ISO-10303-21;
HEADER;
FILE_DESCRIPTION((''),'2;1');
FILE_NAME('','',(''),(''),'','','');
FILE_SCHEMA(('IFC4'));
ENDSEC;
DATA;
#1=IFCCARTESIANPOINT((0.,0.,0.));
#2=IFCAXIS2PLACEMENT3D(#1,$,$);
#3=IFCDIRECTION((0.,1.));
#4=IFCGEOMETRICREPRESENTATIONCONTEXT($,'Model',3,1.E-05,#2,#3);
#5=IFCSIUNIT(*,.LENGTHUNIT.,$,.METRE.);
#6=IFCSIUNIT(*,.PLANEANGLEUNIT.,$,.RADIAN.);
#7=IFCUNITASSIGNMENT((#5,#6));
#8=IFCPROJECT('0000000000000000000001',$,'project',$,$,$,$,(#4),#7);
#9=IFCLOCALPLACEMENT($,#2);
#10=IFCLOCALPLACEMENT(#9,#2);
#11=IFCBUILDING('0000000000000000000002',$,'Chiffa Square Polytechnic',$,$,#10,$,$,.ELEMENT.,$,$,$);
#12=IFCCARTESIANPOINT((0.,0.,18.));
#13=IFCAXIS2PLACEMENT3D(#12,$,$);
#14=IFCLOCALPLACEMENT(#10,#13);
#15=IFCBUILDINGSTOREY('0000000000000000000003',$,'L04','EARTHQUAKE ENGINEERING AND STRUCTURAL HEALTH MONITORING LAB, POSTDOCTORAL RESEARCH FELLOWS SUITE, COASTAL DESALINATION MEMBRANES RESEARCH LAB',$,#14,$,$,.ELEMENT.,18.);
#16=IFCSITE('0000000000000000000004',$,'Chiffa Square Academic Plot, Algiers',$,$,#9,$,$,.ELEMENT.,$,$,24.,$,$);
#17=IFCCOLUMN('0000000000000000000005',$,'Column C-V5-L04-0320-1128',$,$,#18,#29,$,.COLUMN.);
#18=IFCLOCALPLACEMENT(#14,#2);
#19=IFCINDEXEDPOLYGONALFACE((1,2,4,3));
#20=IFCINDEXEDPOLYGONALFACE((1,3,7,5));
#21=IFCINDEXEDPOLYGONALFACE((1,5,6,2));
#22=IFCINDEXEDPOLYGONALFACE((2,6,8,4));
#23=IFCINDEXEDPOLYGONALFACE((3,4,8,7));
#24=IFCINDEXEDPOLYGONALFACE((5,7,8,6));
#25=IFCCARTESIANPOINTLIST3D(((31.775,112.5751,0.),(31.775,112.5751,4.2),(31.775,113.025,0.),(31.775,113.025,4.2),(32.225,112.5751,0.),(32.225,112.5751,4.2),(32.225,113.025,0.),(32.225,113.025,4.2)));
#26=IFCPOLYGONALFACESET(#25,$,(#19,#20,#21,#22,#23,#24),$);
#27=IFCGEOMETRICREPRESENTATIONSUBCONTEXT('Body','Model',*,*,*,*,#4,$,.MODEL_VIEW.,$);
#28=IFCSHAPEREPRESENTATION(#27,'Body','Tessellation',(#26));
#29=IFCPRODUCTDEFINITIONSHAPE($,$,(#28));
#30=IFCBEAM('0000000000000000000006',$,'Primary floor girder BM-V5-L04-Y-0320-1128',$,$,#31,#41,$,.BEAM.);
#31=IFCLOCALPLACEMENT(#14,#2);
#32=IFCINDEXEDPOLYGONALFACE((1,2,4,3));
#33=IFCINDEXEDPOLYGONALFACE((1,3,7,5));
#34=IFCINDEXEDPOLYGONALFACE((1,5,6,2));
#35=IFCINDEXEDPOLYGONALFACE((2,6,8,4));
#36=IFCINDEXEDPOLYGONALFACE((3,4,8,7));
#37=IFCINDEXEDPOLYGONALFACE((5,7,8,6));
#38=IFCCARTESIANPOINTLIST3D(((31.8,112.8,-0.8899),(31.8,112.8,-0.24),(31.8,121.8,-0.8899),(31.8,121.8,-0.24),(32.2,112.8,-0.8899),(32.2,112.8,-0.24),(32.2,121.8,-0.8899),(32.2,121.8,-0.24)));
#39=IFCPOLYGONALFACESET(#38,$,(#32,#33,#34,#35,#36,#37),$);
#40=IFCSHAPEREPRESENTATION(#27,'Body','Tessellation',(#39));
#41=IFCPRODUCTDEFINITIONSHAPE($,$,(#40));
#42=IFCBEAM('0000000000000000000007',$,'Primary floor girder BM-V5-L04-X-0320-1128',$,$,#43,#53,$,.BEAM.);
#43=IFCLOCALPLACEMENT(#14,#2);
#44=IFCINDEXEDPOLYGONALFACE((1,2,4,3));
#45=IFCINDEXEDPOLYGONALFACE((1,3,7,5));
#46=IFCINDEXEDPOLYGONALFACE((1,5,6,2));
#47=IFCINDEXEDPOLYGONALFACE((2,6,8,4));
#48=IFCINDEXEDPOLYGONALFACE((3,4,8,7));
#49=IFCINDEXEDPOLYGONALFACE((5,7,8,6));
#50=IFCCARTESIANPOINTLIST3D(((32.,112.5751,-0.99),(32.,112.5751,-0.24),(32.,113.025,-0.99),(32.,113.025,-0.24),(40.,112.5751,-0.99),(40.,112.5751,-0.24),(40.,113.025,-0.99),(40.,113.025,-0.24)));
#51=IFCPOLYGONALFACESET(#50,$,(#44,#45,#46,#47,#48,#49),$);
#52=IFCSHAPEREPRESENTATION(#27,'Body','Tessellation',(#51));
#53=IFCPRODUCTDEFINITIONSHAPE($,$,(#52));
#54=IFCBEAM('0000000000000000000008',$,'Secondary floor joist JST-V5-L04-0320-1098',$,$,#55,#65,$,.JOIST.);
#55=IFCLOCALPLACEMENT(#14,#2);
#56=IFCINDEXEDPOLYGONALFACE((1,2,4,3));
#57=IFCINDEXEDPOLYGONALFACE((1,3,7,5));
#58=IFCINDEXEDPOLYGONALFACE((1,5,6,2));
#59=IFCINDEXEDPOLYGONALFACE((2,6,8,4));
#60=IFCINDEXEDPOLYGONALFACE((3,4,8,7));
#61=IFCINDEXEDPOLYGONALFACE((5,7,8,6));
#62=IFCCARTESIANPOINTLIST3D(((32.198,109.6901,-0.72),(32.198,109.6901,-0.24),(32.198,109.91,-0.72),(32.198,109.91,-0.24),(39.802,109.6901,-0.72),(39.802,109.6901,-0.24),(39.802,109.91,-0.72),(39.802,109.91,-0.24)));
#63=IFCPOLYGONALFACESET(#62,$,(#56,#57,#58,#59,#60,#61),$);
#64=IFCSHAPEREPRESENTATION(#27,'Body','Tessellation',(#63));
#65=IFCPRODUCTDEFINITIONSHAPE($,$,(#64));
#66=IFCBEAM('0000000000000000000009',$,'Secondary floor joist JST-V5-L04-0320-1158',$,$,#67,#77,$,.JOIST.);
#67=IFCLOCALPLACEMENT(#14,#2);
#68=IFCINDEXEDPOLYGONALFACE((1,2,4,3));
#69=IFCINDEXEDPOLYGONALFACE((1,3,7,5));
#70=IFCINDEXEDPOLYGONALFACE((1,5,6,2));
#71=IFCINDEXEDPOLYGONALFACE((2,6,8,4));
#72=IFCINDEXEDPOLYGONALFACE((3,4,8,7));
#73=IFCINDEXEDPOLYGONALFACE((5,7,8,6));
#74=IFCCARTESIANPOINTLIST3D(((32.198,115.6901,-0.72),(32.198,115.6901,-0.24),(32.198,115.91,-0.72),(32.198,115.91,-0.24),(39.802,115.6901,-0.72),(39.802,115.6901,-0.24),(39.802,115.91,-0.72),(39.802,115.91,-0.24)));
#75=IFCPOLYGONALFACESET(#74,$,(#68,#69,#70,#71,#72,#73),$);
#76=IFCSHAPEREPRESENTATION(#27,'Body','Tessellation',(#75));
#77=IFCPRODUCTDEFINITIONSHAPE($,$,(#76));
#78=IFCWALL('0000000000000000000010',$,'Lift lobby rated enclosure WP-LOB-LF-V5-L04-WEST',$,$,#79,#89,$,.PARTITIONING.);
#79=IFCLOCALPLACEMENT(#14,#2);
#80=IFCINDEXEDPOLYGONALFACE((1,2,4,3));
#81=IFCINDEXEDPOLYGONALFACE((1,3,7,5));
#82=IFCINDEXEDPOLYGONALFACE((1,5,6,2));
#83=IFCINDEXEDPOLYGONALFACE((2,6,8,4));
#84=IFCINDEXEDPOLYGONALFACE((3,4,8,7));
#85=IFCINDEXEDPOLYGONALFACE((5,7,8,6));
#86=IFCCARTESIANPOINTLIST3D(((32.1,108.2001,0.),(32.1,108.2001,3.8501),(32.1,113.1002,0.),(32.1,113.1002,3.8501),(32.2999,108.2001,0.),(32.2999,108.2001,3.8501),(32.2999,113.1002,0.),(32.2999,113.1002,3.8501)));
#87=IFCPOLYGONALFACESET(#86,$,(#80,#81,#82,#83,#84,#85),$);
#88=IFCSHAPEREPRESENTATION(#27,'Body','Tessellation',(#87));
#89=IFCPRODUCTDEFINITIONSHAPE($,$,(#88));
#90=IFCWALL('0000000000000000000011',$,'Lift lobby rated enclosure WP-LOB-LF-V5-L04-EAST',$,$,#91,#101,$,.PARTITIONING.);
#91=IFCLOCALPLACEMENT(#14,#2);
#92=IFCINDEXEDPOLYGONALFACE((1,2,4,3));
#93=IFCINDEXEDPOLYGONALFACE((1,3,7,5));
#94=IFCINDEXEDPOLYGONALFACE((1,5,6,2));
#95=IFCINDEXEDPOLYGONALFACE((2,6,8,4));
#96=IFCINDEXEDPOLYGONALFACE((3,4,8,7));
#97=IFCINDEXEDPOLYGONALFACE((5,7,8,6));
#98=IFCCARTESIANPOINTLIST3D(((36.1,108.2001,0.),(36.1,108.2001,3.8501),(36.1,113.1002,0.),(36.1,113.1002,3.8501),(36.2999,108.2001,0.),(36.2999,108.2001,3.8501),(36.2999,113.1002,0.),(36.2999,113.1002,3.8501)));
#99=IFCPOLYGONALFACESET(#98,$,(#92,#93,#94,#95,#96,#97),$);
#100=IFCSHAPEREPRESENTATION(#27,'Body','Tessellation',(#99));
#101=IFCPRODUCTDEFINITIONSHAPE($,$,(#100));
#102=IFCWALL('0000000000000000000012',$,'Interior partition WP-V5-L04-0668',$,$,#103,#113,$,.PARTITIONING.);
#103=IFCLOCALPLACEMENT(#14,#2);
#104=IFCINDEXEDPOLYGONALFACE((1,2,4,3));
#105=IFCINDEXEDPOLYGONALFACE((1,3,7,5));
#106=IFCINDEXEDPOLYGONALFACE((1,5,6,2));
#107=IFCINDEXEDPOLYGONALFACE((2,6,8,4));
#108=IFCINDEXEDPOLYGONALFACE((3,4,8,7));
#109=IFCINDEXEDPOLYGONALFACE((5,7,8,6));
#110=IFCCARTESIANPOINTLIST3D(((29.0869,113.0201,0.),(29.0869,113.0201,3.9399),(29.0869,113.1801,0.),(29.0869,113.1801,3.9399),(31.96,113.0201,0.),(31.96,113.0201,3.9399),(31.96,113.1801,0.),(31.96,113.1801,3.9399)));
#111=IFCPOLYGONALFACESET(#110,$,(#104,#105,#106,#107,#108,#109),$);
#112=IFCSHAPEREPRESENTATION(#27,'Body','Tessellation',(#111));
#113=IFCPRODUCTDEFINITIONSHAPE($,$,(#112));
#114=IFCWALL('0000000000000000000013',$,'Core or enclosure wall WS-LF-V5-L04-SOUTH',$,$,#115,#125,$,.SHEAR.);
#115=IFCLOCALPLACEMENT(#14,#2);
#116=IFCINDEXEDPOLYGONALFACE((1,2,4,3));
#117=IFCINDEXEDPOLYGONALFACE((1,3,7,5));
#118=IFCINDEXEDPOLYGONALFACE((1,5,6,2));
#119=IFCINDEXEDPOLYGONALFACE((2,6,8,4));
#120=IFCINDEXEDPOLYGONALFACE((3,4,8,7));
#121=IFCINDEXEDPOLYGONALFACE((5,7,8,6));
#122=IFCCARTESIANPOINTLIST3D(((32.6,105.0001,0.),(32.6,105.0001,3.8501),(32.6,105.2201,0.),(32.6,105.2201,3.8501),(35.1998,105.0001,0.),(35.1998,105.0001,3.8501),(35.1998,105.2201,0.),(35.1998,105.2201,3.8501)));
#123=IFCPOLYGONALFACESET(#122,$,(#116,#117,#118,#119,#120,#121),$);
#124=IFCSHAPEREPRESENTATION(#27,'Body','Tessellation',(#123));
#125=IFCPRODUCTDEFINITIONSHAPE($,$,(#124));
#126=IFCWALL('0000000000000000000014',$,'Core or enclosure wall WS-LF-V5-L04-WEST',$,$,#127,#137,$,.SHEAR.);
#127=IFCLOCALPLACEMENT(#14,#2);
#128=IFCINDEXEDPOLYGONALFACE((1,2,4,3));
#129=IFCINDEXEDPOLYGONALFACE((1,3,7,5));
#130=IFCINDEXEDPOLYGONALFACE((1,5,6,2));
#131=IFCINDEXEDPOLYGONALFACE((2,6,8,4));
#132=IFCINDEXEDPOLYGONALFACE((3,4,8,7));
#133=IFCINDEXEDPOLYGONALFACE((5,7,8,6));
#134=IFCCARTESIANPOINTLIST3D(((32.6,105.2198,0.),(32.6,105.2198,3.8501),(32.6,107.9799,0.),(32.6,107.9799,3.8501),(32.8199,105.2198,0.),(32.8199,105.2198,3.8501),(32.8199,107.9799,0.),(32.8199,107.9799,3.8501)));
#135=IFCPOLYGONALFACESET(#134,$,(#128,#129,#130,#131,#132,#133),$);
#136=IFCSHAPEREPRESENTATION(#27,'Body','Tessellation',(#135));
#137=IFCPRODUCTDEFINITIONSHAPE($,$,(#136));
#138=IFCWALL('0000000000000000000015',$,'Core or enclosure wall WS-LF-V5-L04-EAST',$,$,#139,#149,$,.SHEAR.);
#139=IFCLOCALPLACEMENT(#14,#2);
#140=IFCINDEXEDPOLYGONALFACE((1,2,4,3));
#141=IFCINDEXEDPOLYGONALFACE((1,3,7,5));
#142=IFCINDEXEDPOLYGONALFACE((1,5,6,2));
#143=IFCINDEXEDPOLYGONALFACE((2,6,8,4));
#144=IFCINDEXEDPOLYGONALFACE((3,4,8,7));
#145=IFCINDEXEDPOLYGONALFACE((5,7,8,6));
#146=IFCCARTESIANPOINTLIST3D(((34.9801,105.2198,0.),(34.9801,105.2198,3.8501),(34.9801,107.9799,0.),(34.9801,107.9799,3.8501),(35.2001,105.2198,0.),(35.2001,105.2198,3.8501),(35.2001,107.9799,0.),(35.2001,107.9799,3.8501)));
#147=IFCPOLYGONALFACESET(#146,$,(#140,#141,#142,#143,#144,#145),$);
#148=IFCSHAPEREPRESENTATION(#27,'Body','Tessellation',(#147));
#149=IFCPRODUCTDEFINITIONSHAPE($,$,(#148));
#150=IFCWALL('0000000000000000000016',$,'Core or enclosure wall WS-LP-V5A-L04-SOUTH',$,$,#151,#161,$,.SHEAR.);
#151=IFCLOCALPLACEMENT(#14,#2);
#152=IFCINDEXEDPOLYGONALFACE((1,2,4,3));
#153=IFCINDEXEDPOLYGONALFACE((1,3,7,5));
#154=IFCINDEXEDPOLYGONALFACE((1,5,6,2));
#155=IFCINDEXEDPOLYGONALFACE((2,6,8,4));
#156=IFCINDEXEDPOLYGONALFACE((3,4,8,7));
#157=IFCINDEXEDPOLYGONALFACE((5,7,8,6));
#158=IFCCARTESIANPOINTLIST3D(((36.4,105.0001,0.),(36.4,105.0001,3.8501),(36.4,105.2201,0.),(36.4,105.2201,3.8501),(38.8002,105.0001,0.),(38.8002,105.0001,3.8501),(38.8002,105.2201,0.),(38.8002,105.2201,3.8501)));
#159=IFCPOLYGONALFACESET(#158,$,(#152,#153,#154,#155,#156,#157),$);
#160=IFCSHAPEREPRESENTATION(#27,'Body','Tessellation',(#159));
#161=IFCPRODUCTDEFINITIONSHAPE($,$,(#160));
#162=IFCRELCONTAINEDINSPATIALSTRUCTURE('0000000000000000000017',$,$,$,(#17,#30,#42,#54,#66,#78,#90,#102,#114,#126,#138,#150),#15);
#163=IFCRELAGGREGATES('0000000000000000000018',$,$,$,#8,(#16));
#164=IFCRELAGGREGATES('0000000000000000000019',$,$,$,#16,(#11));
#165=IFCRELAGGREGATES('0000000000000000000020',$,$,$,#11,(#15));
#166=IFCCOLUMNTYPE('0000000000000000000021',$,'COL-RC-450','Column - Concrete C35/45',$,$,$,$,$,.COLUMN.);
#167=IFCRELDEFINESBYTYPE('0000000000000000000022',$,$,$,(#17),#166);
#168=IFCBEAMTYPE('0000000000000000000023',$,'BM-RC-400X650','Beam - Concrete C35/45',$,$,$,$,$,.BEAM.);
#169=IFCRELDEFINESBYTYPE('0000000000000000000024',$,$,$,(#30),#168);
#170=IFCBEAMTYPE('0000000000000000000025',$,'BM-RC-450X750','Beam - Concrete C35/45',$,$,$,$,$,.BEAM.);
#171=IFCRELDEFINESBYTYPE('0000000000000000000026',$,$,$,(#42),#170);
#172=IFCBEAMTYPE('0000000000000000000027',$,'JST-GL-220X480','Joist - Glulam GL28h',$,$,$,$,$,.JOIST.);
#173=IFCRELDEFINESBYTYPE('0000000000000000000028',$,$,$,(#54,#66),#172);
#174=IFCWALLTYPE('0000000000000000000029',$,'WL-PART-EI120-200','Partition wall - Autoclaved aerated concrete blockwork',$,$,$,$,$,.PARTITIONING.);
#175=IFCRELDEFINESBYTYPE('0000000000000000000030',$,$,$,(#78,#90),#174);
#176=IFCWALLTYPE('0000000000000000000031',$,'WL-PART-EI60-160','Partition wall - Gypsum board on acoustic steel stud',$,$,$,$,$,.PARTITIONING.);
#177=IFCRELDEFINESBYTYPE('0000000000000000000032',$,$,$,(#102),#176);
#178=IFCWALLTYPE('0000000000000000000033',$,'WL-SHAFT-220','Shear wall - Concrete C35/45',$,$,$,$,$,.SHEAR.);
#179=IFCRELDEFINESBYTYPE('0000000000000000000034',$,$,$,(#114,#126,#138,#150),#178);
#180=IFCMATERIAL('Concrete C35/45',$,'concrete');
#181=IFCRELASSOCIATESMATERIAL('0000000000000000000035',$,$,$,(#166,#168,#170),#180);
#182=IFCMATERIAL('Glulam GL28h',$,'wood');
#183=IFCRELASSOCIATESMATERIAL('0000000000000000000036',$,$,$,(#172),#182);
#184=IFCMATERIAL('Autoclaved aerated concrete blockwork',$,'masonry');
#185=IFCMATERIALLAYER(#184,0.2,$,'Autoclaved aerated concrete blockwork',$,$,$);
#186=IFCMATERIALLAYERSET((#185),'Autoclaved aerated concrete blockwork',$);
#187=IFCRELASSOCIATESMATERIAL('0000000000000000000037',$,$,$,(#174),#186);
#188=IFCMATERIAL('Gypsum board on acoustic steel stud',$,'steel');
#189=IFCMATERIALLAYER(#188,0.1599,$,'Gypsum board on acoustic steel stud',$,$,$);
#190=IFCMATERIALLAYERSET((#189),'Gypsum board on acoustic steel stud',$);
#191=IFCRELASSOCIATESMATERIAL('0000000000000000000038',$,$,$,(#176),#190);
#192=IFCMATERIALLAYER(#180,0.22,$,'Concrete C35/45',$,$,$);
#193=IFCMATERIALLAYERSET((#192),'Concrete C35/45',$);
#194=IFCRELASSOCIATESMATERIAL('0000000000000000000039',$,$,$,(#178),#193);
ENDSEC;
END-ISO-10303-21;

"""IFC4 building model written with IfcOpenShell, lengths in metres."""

from ifc_helpers import new_model, si_unit, direction, frame, frame_2d, origin, origin_2d, place, context, subcontext, project, spatial, rectangle, extrude, material, layer, layer_set, material_profile, profile_set, type_object, element, save


model = new_model("IFC4")

# Units and contexts
model_context = context("Model", 3, precision=1e-05, world=origin(), true_north=direction((0.0, 1.0)))
body_context = subcontext(model_context, "Body", "Model", "MODEL_VIEW")
ifc_project = project(units=[si_unit("LENGTHUNIT", "METRE"), si_unit("PLANEANGLEUNIT", "RADIAN")], contexts=[model_context])

# Site, building, storey
site_placement = place(None, origin())
site = spatial("IfcSite", under=ifc_project, at=site_placement, Name="Chiffa Square Academic Plot, Algiers", CompositionType="ELEMENT", RefElevation=24.0)
building_placement = place(site_placement, origin())
building = spatial("IfcBuilding", under=site, at=building_placement, Name="Chiffa Square Polytechnic", CompositionType="ELEMENT")
storey_placement = place(building_placement, frame((0.0, 0.0, 18.0)))
storey = spatial("IfcBuildingStorey", under=building, at=storey_placement, Name="L04", Description="EARTHQUAKE ENGINEERING AND STRUCTURAL HEALTH MONITORING LAB, POSTDOCTORAL RESEARCH FELLOWS SUITE, COASTAL DESALINATION MEMBRANES RESEARCH LAB", CompositionType="ELEMENT", Elevation=18.0)

# Column
ifc_material_1 = material(Name="Concrete C35/45", Category="concrete")
ifc_material_profile_1 = material_profile(ifc_material_1, rectangle(XDim=0.45, YDim=0.45, at=origin_2d()), Name="RC 450x450")
ifc_profile_set_1 = profile_set([ifc_material_profile_1], Name="Concrete C35/45")
column_type = type_object("IfcColumnType", Name="COL-RC-450", Description="Column - Concrete C35/45", PredefinedType="COLUMN", material=ifc_profile_set_1)
column_placement = place(storey_placement, frame((32.0, 112.8, 0.0), z_axis=(0.0, 0.0, 1.0), x_axis=(1.0, 0.0, 0.0)))
element("IfcColumn", 1, at=column_placement, inside=storey, type_object=column_type, Name="Column C-V5-L04-0320-1128", PredefinedType="COLUMN", context=body_context, shape_type="SweptSolid", body=[
    extrude(rectangle(XDim=0.45, YDim=0.45, at=origin_2d()), origin(), (0.0, 0.0, 1.0), 4.2),
])

# Beams
ifc_material_profile_2 = material_profile(ifc_material_1, rectangle(XDim=0.3999, YDim=0.6499, at=origin_2d()), Name="RC 400x650")
ifc_profile_set_2 = profile_set([ifc_material_profile_2], Name="Concrete C35/45")
beam_type_1 = type_object("IfcBeamType", Name="BM-RC-400X650", Description="Beam - Concrete C35/45", PredefinedType="BEAM", material=ifc_profile_set_2)
beam_1_placement = place(storey_placement, frame((32.0, 112.8, -0.5649), z_axis=(0.0, 1.0, 0.0), x_axis=(-1.0, 0.0, 0.0)))
element("IfcBeam", 2, at=beam_1_placement, inside=storey, type_object=beam_type_1, Name="Primary floor girder BM-V5-L04-Y-0320-1128", PredefinedType="BEAM", context=body_context, shape_type="SweptSolid", body=[
    extrude(rectangle(XDim=0.3999, YDim=0.6499, at=origin_2d()), origin(), (0.0, 0.0, 1.0), 9.0),
])
ifc_material_profile_3 = material_profile(ifc_material_1, rectangle(XDim=0.45, YDim=0.75, at=origin_2d()), Name="RC 450x750")
ifc_profile_set_3 = profile_set([ifc_material_profile_3], Name="Concrete C35/45")
beam_type_2 = type_object("IfcBeamType", Name="BM-RC-450X750", Description="Beam - Concrete C35/45", PredefinedType="BEAM", material=ifc_profile_set_3)
beam_2_placement = place(storey_placement, frame((32.0, 112.8, -0.615), z_axis=(1.0, 0.0, 0.0), x_axis=(0.0, 1.0, 0.0)))
element("IfcBeam", 3, at=beam_2_placement, inside=storey, type_object=beam_type_2, Name="Primary floor girder BM-V5-L04-X-0320-1128", PredefinedType="BEAM", context=body_context, shape_type="SweptSolid", body=[
    extrude(rectangle(XDim=0.45, YDim=0.75, at=origin_2d()), origin(), (0.0, 0.0, 1.0), 8.0),
])
ifc_material_2 = material(Name="Glulam GL28h", Category="wood")
ifc_material_profile_4 = material_profile(ifc_material_2, rectangle(XDim=0.22, YDim=0.48, at=origin_2d()), Name="GL28h 220x480")
ifc_profile_set_4 = profile_set([ifc_material_profile_4], Name="Glulam GL28h")
beam_type_3 = type_object("IfcBeamType", Name="JST-GL-220X480", Description="Joist - Glulam GL28h", PredefinedType="JOIST", material=ifc_profile_set_4)
for number, where, z_axis, x_axis, name in (
    (4, (32.198, 109.8, -0.48), (1.0, 0.0, 0.0), (0.0, 1.0, 0.0), "Secondary floor joist JST-V5-L04-0320-1098"),
    (5, (32.198, 115.8, -0.48), (1.0, 0.0, 0.0), (0.0, 1.0, 0.0), "Secondary floor joist JST-V5-L04-0320-1158"),
):
    element("IfcBeam", number, at=place(storey_placement, frame(where, z_axis=z_axis, x_axis=x_axis)), inside=storey, type_object=beam_type_3, Name=name, PredefinedType="JOIST", context=body_context, shape_type="SweptSolid", body=[
        extrude(rectangle(XDim=0.22, YDim=0.48, at=origin_2d()), origin(), (0.0, 0.0, 1.0), 7.604),
    ])

# Shared definitions
ifc_material_3 = material(Name="Autoclaved aerated concrete blockwork", Category="masonry")
ifc_layer_1 = layer(ifc_material_3, 0.2, Name="Autoclaved aerated concrete blockwork")
ifc_layer_set_1 = layer_set([ifc_layer_1], Name="Autoclaved aerated concrete blockwork")
wall_type_1 = type_object("IfcWallType", Name="WL-PART-EI120-200", Description="Partition wall - Autoclaved aerated concrete blockwork", PredefinedType="PARTITIONING", material=ifc_layer_set_1)

# Walls
for number, where, z_axis, x_axis, name in (
    (6, (32.2, 108.2, 0.0), (0.0, 0.0, 1.0), (0.0, 1.0, 0.0), "Lift lobby rated enclosure WP-LOB-LF-V5-L04-WEST"),
    (7, (36.2, 108.2, 0.0), (0.0, 0.0, 1.0), (0.0, 1.0, 0.0), "Lift lobby rated enclosure WP-LOB-LF-V5-L04-EAST"),
):
    element("IfcWall", number, at=place(storey_placement, frame(where, z_axis=z_axis, x_axis=x_axis)), inside=storey, type_object=wall_type_1, Name=name, PredefinedType="PARTITIONING", context=body_context, shape_type="SweptSolid", body=[
        extrude(rectangle(XDim=4.9001, YDim=0.2, at=frame_2d((2.4502, 0.0))), origin(), (0.0, 0.0, 1.0), 3.8501),
    ])
ifc_material_4 = material(Name="Gypsum board on acoustic steel stud", Category="steel")
ifc_layer_2 = layer(ifc_material_4, 0.1599, Name="Gypsum board on acoustic steel stud")
ifc_layer_set_2 = layer_set([ifc_layer_2], Name="Gypsum board on acoustic steel stud")
wall_type_2 = type_object("IfcWallType", Name="WL-PART-EI60-160", Description="Partition wall - Gypsum board on acoustic steel stud", PredefinedType="PARTITIONING", material=ifc_layer_set_2)
wall_1_placement = place(storey_placement, frame((29.0869, 113.1001, 0.0), z_axis=(0.0, 0.0, 1.0), x_axis=(1.0, 0.0, 0.0)))
element("IfcWall", 8, at=wall_1_placement, inside=storey, type_object=wall_type_2, Name="Interior partition WP-V5-L04-0668", PredefinedType="PARTITIONING", context=body_context, shape_type="SweptSolid", body=[
    extrude(rectangle(XDim=2.873, YDim=0.1599, at=frame_2d((1.4365, 0.0))), origin(), (0.0, 0.0, 1.0), 3.9399),
])
ifc_layer_3 = layer(ifc_material_1, 0.22, Name="Concrete C35/45")
ifc_layer_set_3 = layer_set([ifc_layer_3], Name="Concrete C35/45")
wall_type_3 = type_object("IfcWallType", Name="WL-SHAFT-220", Description="Shear wall - Concrete C35/45", PredefinedType="SHEAR", material=ifc_layer_set_3)
wall_2_placement = place(storey_placement, frame((32.6001, 105.1101, 0.0), z_axis=(0.0, 0.0, 1.0), x_axis=(1.0, 0.0, 0.0)))
element("IfcWall", 9, at=wall_2_placement, inside=storey, type_object=wall_type_3, Name="Core or enclosure wall WS-LF-V5-L04-SOUTH", PredefinedType="SHEAR", context=body_context, shape_type="SweptSolid", body=[
    extrude(rectangle(XDim=2.5999, YDim=0.22, at=frame_2d((1.2998, 0.0))), origin(), (0.0, 0.0, 1.0), 3.8501),
])

# Walls
for number, where, z_axis, x_axis, name in (
    (10, (32.71, 105.22, 0.0), (0.0, 0.0, 1.0), (0.0, 1.0, 0.0), "Core or enclosure wall WS-LF-V5-L04-WEST"),
    (11, (35.0901, 105.22, 0.0), (0.0, 0.0, 1.0), (0.0, 1.0, 0.0), "Core or enclosure wall WS-LF-V5-L04-EAST"),
):
    element("IfcWall", number, at=place(storey_placement, frame(where, z_axis=z_axis, x_axis=x_axis)), inside=storey, type_object=wall_type_3, Name=name, PredefinedType="SHEAR", context=body_context, shape_type="SweptSolid", body=[
        extrude(rectangle(XDim=2.76, YDim=0.22, at=frame_2d((1.3799, 0.0))), origin(), (0.0, 0.0, 1.0), 3.8501),
    ])
wall_3_placement = place(storey_placement, frame((36.3999, 105.1101, 0.0), z_axis=(0.0, 0.0, 1.0), x_axis=(1.0, 0.0, 0.0)))
element("IfcWall", 12, at=wall_3_placement, inside=storey, type_object=wall_type_3, Name="Core or enclosure wall WS-LP-V5A-L04-SOUTH", PredefinedType="SHEAR", context=body_context, shape_type="SweptSolid", body=[
    extrude(rectangle(XDim=2.4001, YDim=0.22, at=frame_2d((1.2002, 0.0))), origin(), (0.0, 0.0, 1.0), 3.8501),
])

save(model, "model.ifc")
